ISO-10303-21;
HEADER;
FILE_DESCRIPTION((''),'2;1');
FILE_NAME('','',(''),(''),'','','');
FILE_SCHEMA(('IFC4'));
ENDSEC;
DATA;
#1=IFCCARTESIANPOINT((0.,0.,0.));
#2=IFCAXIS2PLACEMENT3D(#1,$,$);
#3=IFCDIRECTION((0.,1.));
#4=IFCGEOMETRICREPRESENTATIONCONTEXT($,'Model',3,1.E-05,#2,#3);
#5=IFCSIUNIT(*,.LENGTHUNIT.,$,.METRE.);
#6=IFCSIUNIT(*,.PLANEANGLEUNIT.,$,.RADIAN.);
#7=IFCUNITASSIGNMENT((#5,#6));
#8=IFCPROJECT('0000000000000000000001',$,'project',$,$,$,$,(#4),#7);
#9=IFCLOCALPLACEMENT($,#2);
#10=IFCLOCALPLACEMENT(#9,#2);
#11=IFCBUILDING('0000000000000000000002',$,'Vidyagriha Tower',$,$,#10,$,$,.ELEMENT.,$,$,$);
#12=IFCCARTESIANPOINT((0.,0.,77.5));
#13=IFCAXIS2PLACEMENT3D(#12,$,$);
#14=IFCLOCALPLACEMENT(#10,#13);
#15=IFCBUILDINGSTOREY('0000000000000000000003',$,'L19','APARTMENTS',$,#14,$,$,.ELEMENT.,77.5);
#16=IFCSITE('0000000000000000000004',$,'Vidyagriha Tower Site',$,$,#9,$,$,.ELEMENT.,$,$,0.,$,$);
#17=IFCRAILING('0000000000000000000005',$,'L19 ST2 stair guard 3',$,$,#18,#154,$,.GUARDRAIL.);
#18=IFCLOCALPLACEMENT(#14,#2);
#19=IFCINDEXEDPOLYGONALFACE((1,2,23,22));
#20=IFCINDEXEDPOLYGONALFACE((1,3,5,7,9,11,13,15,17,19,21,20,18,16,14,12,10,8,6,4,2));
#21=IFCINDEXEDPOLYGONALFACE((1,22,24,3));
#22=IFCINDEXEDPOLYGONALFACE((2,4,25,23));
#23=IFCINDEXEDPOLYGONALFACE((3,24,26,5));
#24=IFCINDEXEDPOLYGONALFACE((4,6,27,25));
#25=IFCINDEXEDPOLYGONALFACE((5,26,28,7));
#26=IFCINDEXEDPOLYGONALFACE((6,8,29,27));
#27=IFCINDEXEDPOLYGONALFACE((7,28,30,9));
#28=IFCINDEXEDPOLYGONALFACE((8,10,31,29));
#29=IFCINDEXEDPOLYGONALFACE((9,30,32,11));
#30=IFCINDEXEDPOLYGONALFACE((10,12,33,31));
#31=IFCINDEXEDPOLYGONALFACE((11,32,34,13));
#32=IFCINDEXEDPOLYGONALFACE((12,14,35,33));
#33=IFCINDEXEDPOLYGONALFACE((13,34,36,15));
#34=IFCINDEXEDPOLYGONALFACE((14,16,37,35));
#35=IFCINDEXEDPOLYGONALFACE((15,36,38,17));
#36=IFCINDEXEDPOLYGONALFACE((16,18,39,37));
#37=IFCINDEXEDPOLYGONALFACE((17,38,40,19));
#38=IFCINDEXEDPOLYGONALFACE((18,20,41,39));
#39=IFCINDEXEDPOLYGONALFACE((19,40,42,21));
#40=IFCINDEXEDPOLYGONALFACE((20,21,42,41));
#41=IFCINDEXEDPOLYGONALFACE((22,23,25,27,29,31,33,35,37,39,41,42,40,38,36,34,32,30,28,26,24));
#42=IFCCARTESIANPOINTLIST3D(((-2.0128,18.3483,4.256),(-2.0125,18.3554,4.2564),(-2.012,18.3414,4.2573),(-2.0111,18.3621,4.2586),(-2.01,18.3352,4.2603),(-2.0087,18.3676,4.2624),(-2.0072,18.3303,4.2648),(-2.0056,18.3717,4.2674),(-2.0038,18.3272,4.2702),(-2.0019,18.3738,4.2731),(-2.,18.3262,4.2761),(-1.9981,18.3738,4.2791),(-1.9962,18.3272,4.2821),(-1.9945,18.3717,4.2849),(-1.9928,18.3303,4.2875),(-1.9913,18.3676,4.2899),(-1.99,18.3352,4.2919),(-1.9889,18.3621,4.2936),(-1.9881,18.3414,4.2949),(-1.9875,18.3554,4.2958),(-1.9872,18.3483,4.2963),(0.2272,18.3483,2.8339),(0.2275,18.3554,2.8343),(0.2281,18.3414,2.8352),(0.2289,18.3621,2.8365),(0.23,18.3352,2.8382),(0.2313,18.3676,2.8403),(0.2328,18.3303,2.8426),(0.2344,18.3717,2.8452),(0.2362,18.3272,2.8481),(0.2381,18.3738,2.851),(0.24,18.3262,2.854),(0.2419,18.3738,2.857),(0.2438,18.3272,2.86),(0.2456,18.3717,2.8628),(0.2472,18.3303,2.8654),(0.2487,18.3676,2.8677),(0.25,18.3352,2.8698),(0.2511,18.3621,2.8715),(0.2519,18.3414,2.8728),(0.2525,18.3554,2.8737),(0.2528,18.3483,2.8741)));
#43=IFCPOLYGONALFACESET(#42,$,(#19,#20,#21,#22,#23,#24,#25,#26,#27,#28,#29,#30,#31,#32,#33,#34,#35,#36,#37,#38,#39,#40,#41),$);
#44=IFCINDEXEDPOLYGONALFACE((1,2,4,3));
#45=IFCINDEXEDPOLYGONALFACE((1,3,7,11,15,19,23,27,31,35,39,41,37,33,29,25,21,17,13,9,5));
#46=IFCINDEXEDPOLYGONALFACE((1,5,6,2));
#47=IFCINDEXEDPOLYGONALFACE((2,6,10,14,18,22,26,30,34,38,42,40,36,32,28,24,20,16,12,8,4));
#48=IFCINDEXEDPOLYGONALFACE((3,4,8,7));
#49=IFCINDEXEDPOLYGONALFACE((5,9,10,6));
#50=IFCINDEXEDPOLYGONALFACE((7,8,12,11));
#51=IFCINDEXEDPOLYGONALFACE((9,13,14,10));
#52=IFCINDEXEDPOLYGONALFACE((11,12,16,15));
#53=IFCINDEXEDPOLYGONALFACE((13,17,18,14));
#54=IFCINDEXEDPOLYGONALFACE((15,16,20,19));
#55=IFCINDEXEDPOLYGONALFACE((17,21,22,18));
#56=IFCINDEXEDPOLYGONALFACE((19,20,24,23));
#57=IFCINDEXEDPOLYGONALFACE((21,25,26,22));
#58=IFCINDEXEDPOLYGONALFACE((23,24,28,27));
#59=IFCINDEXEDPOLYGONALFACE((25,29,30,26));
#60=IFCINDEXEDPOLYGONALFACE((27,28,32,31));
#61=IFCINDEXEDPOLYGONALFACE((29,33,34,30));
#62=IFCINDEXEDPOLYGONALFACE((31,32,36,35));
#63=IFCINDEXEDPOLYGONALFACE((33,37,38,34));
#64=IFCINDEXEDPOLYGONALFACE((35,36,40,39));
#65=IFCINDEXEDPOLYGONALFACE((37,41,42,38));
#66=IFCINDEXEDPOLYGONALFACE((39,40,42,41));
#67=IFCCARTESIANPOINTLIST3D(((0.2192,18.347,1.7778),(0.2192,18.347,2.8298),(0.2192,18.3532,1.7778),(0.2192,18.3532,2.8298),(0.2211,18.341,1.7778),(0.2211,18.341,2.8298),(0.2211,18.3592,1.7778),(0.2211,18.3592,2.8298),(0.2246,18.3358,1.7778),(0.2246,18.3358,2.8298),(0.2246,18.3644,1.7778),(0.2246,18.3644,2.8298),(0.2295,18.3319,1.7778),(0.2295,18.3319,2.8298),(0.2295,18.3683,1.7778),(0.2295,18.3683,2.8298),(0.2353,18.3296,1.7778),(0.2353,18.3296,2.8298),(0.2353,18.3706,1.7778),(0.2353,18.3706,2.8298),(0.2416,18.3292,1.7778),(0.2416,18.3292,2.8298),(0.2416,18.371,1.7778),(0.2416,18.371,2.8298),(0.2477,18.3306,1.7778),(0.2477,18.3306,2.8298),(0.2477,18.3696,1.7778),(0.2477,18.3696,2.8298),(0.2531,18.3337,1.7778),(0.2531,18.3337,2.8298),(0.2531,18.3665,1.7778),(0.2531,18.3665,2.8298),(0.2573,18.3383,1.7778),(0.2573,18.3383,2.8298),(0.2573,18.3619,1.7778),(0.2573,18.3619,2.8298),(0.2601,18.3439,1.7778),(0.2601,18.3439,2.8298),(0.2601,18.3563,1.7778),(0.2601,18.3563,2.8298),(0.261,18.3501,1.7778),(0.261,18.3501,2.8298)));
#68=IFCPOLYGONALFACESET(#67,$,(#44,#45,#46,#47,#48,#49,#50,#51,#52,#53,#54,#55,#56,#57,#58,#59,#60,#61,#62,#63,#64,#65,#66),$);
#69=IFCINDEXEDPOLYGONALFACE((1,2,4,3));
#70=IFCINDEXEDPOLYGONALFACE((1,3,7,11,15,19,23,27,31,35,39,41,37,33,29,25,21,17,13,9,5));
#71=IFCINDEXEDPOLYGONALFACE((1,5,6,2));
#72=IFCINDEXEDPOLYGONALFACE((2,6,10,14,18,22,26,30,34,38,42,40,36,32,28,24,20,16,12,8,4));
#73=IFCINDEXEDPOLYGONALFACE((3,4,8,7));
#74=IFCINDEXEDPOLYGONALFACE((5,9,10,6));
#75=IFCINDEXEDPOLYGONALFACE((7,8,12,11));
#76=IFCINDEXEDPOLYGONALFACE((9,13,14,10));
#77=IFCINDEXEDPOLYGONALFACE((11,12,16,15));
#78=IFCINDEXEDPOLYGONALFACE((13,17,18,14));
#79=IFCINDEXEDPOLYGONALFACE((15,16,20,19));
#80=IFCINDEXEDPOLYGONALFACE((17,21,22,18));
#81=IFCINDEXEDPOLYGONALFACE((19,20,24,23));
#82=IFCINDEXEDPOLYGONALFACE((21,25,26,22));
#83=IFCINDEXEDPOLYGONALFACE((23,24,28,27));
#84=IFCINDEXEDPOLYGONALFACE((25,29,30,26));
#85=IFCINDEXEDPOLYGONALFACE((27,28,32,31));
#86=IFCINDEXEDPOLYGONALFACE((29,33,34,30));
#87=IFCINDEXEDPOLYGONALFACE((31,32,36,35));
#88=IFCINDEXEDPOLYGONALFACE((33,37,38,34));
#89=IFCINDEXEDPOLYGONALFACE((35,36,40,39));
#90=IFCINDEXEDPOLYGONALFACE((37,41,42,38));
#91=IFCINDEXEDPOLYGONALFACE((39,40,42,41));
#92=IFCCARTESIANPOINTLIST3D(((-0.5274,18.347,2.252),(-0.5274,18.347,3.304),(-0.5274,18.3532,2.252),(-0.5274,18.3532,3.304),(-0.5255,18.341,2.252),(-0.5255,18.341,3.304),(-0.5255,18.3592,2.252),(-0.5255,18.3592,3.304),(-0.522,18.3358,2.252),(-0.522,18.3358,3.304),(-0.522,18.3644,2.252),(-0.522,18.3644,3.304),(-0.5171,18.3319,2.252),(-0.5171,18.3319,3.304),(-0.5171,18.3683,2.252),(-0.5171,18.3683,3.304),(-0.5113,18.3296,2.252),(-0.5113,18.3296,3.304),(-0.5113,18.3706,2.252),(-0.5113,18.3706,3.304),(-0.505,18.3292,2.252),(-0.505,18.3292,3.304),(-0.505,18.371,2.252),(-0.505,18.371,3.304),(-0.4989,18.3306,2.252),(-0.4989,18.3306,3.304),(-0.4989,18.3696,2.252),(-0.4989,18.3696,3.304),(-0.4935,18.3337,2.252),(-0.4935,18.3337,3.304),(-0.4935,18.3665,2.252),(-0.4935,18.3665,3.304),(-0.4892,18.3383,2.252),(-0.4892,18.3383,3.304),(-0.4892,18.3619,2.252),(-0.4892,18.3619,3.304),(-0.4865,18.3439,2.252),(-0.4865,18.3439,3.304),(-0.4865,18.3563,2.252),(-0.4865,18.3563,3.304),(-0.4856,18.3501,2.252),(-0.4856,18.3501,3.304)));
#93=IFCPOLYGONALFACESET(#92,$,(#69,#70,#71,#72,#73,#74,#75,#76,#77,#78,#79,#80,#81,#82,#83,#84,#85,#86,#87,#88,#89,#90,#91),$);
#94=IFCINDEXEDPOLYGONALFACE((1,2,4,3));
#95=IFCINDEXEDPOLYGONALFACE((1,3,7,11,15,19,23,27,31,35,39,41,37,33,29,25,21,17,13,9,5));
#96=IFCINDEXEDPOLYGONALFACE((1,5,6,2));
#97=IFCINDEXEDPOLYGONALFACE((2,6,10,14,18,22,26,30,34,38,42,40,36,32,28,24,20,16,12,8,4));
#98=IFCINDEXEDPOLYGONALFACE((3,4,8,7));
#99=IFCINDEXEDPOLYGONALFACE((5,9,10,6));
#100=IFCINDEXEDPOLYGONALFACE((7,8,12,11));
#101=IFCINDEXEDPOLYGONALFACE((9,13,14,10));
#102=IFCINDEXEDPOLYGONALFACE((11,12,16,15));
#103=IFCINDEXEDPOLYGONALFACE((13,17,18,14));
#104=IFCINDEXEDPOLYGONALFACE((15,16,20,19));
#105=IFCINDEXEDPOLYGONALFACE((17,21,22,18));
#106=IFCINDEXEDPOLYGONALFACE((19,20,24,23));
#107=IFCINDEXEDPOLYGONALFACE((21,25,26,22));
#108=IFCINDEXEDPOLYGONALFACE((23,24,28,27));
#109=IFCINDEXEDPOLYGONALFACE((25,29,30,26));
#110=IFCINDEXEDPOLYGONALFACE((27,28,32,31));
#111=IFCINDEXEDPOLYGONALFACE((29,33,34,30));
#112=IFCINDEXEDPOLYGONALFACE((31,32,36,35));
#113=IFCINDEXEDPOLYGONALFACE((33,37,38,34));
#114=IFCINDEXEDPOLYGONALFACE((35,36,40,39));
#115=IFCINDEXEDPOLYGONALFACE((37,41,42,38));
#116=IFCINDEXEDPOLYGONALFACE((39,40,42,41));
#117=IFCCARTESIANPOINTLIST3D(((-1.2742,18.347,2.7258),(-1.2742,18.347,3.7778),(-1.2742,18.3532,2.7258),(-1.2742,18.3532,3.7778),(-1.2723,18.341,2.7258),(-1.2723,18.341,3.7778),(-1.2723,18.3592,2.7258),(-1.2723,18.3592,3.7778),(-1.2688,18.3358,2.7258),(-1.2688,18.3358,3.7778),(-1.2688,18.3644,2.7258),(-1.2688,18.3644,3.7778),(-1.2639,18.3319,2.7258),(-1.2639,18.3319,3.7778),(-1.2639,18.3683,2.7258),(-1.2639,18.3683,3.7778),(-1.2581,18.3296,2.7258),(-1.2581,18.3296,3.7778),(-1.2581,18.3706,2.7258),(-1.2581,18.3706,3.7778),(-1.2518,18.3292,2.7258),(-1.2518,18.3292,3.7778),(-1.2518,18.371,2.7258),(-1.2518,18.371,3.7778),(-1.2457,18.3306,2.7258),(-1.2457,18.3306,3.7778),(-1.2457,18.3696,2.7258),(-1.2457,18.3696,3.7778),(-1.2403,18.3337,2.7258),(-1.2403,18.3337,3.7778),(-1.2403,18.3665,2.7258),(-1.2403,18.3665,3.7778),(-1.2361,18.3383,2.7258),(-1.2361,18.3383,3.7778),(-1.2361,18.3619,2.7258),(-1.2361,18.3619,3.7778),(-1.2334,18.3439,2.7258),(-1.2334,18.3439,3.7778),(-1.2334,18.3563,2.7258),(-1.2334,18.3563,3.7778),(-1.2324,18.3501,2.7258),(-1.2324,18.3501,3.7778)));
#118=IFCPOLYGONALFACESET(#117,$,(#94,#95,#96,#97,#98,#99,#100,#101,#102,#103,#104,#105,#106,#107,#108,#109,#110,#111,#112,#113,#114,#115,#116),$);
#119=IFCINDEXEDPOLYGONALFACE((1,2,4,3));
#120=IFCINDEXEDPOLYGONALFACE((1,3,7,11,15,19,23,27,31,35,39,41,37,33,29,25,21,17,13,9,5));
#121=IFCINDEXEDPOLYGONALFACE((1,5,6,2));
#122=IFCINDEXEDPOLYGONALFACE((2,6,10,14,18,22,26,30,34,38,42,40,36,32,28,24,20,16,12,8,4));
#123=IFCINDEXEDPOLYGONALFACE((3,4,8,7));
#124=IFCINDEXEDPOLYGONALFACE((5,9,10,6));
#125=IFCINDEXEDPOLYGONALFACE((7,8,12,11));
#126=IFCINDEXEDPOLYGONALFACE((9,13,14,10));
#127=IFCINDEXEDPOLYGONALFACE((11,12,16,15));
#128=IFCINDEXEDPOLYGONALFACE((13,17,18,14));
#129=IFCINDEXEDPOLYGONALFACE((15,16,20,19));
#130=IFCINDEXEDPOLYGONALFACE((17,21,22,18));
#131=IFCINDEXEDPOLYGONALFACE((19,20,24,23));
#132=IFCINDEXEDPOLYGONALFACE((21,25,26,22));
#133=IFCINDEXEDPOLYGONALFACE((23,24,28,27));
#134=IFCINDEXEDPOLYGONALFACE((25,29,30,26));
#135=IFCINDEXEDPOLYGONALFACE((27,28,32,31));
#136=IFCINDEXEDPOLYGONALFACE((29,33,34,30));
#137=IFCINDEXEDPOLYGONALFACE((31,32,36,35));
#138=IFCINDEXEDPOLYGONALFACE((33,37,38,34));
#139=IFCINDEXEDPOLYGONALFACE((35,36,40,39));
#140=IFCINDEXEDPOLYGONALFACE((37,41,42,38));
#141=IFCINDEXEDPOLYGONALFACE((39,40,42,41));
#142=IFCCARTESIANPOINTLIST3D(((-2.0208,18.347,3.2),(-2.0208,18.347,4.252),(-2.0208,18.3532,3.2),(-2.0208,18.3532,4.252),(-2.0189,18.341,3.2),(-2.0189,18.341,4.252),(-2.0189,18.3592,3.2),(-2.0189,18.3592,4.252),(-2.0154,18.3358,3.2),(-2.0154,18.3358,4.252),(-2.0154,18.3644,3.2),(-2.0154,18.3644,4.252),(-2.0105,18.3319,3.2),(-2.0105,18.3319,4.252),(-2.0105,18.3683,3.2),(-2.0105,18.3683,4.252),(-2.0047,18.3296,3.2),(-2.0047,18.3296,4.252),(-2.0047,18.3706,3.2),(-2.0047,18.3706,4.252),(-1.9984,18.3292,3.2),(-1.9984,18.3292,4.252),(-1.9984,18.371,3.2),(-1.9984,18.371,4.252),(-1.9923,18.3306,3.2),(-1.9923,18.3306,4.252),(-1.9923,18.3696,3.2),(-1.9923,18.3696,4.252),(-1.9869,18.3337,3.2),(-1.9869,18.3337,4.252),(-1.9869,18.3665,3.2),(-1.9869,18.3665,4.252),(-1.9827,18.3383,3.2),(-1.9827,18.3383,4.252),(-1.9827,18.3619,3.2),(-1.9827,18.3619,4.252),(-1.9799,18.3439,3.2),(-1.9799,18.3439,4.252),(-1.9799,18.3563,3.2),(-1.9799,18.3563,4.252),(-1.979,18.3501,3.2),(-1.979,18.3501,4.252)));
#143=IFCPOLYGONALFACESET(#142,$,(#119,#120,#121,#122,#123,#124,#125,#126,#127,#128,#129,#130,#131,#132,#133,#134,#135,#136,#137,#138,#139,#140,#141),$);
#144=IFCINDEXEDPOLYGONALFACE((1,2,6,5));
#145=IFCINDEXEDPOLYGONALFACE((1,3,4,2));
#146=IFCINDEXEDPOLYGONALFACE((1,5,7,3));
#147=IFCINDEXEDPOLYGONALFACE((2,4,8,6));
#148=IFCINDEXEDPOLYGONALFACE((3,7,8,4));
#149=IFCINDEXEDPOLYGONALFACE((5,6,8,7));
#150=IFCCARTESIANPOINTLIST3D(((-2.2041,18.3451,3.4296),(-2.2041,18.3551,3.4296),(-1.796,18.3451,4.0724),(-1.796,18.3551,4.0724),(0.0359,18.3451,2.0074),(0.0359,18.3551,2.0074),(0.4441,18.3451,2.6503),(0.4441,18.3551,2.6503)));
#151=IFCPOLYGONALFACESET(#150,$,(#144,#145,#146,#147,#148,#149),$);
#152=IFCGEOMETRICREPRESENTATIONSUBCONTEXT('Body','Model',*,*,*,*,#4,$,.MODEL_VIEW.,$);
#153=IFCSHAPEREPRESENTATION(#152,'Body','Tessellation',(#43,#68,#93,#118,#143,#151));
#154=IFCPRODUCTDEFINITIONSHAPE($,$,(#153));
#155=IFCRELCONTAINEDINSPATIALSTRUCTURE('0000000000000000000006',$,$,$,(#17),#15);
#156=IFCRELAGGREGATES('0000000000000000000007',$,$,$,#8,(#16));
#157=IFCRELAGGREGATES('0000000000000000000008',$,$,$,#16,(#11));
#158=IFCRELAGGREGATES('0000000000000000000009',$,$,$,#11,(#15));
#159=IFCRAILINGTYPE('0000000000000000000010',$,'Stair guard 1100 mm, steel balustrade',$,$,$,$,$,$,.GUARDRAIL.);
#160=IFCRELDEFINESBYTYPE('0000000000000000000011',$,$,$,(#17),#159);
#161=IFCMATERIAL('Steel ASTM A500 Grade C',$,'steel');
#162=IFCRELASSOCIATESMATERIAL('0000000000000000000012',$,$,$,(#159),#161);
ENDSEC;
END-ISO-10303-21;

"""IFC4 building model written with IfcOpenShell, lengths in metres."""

from ifc_helpers import new_model, si_unit, direction, frame, origin, origin_2d, place, context, subcontext, project, spatial, rectangle, circle, extrude, material, type_object, element, save


model = new_model("IFC4")

# Units and contexts
model_context = context("Model", 3, precision=1e-05, world=origin(), true_north=direction((0.0, 1.0)))
body_context = subcontext(model_context, "Body", "Model", "MODEL_VIEW")
ifc_project = project(units=[si_unit("LENGTHUNIT", "METRE"), si_unit("PLANEANGLEUNIT", "RADIAN")], contexts=[model_context])

# Site, building, storey
site_placement = place(None, origin())
site = spatial("IfcSite", under=ifc_project, at=site_placement, Name="Vidyagriha Tower Site", CompositionType="ELEMENT", RefElevation=0.0)
building_placement = place(site_placement, origin())
building = spatial("IfcBuilding", under=site, at=building_placement, Name="Vidyagriha Tower", CompositionType="ELEMENT")
storey_placement = place(building_placement, frame((0.0, 0.0, 77.5)))
storey = spatial("IfcBuildingStorey", under=building, at=storey_placement, Name="L19", Description="APARTMENTS", CompositionType="ELEMENT", Elevation=77.5)

# Railing
ifc_material_1 = material(Name="Steel ASTM A500 Grade C", Category="steel")
railing_type_1 = type_object("IfcRailingType", Name="Stair guard 1100 mm, steel balustrade", PredefinedType="GUARDRAIL", material=ifc_material_1)
railing_1_placement = place(storey_placement, frame((0.24, 18.3501, 1.7778)))
element("IfcRailing", 1, at=railing_1_placement, inside=storey, type_object=railing_type_1, Name="L19 ST2 stair guard 3", PredefinedType="GUARDRAIL", context=body_context, shape_type="SweptSolid", body=[
    extrude(circle(Radius=0.0239, at=origin_2d()), frame((0.0, 0.0, 1.0762), z_axis=(-0.844229, 0.0, 0.535982), x_axis=(0.0, -1.0, 0.0)), (0.0, 0.0, 1.0), 2.6533),
    extrude(circle(Radius=0.021, at=origin_2d()), origin(), (0.0, 0.0, 1.0), 1.052),
    extrude(circle(Radius=0.021, at=origin_2d()), frame((-0.7466, 0.0, 0.4741)), (0.0, 0.0, 1.0), 1.052),
    extrude(circle(Radius=0.021, at=origin_2d()), frame((-1.4934, 0.0, 0.948)), (0.0, 0.0, 1.0), 1.052),
    extrude(circle(Radius=0.021, at=origin_2d()), frame((-2.24, 0.0, 1.4221)), (0.0, 0.0, 1.0), 1.052),
    extrude(rectangle(XDim=0.01, YDim=0.7615, at=origin_2d()), frame((0.0, 0.0, 0.551), z_axis=(-0.844229, 0.0, 0.535982), x_axis=(0.0, -1.0, 0.0)), (0.0, 0.0, 1.0), 2.6533),
])

save(model, "model.ifc")
